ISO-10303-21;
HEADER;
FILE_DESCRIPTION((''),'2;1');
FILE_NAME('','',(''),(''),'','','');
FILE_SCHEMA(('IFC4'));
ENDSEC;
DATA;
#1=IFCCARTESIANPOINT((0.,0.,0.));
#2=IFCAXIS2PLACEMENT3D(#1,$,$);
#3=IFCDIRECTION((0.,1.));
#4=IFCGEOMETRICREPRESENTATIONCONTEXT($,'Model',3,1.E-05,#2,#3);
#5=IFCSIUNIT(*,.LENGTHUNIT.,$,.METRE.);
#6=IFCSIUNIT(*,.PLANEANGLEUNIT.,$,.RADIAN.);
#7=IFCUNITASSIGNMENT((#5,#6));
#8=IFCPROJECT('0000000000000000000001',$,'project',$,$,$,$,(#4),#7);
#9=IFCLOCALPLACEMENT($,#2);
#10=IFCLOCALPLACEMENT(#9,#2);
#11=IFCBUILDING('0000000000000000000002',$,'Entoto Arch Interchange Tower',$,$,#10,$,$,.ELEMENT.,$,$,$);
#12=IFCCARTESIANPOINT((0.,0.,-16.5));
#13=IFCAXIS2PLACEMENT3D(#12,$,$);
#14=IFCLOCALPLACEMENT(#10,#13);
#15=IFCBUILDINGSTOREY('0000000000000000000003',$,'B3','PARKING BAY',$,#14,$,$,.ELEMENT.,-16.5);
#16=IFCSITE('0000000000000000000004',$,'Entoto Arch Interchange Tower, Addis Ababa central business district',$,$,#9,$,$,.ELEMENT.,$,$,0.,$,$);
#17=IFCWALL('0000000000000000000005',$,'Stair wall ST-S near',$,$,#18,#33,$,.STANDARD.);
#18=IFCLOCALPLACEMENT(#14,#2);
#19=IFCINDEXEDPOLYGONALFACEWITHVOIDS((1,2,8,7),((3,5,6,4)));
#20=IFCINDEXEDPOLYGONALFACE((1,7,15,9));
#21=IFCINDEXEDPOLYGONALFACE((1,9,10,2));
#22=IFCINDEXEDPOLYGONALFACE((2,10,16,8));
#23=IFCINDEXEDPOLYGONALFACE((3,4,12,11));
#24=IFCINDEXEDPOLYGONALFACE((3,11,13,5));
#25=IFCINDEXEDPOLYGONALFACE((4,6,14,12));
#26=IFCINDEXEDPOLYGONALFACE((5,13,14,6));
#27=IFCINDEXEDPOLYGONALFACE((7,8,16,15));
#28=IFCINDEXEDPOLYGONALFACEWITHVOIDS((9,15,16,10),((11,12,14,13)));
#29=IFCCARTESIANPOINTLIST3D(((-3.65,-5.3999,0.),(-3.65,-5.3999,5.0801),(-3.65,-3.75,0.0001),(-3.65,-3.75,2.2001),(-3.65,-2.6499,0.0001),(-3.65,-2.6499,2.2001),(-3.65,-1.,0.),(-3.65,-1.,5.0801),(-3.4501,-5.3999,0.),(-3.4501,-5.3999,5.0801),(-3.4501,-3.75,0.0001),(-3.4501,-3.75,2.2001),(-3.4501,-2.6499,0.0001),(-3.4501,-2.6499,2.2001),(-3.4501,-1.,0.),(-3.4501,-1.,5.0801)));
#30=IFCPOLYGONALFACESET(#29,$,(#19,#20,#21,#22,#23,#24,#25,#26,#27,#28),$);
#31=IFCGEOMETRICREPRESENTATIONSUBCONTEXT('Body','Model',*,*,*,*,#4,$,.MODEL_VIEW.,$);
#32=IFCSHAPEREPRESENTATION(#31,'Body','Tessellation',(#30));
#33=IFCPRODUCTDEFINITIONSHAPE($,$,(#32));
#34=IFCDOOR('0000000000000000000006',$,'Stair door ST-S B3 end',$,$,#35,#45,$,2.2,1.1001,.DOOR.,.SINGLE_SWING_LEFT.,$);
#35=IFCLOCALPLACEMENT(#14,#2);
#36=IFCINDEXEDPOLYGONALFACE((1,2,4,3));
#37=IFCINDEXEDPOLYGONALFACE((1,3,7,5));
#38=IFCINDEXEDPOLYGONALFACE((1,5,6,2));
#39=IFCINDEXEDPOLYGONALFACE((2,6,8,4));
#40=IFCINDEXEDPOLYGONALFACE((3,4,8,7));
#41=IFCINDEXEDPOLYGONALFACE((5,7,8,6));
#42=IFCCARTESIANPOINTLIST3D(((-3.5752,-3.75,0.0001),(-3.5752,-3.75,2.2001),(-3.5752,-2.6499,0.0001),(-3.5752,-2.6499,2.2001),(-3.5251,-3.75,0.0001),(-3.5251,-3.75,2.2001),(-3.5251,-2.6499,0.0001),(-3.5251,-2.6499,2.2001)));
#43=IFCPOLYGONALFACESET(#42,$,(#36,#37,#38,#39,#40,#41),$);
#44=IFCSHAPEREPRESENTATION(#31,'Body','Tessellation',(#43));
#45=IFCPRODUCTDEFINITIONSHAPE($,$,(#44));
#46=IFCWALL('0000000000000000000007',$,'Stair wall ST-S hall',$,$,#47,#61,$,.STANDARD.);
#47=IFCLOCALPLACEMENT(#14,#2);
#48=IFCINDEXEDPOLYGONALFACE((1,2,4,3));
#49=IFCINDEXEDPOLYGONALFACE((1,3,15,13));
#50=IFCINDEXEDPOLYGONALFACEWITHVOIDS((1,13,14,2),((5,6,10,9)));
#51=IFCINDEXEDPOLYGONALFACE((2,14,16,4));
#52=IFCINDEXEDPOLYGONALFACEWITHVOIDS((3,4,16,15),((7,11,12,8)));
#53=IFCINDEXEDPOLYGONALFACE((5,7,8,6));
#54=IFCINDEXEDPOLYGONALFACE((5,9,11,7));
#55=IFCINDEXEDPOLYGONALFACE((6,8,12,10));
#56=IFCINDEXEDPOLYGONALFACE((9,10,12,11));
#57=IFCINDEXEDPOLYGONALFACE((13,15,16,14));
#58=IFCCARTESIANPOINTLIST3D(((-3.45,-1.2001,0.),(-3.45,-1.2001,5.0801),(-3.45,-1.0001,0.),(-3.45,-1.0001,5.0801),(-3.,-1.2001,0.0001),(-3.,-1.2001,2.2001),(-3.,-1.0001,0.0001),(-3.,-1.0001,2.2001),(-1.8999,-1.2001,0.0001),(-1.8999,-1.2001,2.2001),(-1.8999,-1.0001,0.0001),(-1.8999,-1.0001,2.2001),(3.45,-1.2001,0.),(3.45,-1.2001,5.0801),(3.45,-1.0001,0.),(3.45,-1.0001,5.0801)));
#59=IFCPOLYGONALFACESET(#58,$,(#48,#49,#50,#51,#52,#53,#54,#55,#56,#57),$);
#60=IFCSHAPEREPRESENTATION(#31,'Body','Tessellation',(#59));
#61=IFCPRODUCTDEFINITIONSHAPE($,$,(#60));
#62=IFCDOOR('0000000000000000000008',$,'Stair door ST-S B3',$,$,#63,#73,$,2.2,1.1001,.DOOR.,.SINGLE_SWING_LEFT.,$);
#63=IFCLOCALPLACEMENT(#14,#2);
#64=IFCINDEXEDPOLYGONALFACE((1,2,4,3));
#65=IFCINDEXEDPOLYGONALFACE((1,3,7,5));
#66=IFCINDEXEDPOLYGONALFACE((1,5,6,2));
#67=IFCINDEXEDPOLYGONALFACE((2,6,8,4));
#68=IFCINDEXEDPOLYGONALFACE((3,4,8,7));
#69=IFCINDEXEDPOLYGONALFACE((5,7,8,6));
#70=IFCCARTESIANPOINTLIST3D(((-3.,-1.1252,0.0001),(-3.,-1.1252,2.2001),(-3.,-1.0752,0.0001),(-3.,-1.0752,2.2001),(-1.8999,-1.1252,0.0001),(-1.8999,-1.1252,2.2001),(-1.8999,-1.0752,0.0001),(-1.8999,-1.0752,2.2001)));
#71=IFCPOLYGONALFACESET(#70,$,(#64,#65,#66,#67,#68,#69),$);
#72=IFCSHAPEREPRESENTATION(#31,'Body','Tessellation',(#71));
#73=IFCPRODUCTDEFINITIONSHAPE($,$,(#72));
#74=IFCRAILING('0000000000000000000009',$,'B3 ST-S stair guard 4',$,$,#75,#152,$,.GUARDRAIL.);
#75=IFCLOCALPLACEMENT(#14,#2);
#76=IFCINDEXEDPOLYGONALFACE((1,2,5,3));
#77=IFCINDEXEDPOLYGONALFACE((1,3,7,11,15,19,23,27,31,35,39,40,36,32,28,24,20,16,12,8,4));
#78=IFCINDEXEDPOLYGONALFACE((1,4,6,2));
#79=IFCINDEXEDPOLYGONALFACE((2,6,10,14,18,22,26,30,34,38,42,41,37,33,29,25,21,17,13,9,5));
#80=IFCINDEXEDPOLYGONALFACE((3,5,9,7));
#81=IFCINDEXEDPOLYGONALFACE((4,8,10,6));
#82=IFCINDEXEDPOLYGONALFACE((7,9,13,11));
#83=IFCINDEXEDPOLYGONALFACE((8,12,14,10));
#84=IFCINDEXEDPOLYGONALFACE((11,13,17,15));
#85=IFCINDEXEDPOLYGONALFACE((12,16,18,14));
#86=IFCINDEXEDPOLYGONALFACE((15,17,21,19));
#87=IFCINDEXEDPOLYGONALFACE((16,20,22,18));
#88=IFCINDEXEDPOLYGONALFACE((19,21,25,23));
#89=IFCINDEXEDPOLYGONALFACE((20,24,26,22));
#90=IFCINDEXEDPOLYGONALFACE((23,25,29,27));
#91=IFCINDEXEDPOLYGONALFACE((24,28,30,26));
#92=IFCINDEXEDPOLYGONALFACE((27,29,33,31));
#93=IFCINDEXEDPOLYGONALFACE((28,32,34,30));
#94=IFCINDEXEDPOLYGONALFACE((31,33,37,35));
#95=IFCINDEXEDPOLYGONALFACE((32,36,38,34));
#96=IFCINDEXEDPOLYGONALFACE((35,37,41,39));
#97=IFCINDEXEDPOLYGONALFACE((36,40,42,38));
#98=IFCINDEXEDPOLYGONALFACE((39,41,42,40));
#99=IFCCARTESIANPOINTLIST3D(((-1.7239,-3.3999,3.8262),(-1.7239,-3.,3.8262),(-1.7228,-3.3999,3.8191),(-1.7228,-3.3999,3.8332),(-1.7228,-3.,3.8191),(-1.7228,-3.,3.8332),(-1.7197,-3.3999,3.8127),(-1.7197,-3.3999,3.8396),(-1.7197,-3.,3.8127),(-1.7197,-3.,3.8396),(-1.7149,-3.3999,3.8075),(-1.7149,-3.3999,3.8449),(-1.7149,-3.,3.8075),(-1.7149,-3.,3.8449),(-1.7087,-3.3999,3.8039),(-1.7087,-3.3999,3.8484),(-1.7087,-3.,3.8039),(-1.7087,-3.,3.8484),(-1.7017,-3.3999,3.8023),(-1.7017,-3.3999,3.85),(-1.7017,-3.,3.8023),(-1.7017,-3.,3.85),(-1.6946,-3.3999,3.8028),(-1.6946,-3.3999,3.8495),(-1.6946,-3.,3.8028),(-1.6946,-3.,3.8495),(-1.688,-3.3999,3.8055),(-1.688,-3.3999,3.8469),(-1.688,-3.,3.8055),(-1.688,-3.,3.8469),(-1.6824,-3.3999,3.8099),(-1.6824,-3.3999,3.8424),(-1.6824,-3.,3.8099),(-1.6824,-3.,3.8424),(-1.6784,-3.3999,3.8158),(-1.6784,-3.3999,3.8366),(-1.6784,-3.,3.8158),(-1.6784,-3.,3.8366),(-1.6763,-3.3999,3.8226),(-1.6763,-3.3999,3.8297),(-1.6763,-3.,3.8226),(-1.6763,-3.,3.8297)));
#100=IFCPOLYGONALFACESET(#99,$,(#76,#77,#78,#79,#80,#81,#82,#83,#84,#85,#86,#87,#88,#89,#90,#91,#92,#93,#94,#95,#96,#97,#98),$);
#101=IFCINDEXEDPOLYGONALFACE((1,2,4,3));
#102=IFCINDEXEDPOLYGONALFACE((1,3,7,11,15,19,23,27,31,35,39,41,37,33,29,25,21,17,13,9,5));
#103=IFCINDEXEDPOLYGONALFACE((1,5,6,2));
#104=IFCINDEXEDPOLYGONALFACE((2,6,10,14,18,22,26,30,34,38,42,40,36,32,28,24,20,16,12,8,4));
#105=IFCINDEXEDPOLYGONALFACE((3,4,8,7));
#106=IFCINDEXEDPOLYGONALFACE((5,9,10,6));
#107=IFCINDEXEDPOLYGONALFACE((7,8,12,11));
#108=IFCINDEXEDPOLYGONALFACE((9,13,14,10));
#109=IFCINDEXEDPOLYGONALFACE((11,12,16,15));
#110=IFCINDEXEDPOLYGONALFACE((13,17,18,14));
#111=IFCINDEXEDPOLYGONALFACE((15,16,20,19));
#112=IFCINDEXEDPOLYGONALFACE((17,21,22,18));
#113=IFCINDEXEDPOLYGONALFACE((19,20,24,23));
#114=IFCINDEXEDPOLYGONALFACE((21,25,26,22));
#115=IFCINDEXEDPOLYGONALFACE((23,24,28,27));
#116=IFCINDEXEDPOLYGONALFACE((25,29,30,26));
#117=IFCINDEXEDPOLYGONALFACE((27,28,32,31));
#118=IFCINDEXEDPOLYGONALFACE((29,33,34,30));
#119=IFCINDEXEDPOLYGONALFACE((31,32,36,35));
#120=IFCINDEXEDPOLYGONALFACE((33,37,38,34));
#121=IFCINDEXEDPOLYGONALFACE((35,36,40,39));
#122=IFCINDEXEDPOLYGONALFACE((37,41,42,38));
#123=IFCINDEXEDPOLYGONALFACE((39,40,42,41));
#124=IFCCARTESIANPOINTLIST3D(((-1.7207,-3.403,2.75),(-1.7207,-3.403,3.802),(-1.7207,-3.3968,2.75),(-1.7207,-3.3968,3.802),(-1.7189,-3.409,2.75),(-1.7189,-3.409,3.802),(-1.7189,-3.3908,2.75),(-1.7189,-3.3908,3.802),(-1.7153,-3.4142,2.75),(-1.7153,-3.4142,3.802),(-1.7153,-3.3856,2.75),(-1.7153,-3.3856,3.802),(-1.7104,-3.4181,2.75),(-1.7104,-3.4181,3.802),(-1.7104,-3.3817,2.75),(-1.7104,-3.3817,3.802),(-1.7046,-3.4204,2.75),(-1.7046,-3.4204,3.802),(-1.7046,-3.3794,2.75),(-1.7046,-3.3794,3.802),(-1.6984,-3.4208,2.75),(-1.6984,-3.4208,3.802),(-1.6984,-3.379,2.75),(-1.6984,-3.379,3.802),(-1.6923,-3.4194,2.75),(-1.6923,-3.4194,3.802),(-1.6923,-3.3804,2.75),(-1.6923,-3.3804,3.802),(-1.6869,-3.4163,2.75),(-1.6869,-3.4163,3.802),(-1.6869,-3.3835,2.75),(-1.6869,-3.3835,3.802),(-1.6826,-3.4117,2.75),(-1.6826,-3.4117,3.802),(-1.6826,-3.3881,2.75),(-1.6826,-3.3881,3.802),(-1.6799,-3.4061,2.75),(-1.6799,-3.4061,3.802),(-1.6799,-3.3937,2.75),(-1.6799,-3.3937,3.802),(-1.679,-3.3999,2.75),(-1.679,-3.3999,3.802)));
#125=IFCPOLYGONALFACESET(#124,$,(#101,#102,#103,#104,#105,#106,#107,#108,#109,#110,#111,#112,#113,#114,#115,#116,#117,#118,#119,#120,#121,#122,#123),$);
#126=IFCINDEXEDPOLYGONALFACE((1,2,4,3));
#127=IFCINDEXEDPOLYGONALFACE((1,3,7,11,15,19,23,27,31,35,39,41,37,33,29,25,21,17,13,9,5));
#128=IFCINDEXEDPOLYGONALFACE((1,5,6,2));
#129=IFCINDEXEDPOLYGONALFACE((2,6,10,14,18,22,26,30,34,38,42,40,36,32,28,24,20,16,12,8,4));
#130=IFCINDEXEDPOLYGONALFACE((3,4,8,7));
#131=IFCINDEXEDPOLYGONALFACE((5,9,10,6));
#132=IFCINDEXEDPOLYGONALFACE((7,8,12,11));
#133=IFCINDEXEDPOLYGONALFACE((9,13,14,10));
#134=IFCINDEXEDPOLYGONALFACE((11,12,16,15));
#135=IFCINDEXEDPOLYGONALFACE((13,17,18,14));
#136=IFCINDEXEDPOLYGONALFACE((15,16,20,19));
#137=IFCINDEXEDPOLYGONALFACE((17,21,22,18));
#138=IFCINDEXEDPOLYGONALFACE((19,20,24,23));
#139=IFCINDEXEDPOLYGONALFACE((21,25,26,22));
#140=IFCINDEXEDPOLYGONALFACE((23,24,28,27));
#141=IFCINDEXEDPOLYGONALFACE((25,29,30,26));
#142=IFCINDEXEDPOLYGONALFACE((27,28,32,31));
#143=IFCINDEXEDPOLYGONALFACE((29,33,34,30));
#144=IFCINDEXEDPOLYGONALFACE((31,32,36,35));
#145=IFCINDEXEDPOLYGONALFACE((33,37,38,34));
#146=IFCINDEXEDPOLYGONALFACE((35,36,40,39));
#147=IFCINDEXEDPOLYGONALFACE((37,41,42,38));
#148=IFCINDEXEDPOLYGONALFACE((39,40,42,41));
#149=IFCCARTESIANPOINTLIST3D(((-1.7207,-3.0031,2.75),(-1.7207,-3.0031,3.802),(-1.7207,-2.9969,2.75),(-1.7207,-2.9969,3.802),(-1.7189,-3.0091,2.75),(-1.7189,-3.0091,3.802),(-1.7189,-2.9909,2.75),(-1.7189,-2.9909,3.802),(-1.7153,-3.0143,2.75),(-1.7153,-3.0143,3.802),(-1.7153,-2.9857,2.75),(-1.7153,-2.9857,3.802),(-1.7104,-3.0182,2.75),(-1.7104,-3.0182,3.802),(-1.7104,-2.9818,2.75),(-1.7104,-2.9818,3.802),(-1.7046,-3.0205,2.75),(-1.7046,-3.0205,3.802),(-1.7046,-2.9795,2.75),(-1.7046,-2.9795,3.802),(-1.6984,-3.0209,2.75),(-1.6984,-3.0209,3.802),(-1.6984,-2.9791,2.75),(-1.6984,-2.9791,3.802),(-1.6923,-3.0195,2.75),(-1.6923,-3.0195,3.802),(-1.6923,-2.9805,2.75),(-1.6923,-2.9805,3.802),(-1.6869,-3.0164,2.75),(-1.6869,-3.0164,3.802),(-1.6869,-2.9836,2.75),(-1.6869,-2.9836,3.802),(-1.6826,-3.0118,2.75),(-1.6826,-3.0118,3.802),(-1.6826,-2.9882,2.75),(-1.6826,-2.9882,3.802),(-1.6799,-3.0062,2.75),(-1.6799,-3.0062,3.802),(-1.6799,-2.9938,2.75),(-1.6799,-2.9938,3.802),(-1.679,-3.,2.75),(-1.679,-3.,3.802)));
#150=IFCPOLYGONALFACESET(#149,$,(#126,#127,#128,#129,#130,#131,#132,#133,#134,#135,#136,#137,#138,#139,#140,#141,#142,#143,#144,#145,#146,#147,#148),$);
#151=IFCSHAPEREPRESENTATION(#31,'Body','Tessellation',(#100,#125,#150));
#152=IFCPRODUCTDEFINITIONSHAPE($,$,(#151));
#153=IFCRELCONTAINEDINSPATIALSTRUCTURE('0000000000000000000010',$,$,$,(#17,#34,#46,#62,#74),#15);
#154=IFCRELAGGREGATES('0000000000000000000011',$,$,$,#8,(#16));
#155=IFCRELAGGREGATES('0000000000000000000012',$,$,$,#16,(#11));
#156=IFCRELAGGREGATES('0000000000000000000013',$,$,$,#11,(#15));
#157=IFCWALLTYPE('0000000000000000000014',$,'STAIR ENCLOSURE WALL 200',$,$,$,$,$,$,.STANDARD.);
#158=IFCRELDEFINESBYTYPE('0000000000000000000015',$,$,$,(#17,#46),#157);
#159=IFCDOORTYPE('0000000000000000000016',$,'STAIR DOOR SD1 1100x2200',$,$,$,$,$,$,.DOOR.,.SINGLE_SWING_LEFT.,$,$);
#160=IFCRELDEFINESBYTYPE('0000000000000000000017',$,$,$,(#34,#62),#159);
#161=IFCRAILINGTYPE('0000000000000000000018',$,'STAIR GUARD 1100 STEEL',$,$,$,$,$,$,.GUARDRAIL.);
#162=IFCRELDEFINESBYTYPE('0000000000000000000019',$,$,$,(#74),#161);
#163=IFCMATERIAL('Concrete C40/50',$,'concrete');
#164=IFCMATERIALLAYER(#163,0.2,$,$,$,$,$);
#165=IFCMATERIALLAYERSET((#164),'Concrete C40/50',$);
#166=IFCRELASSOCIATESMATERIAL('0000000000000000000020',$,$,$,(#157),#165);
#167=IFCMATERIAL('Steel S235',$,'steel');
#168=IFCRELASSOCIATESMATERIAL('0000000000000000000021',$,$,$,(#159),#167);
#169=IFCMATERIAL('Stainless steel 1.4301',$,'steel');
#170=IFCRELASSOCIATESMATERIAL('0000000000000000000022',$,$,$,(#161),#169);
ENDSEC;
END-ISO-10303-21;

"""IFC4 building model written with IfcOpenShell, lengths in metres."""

from ifc_helpers import new_model, si_unit, direction, frame, frame_2d, origin, origin_2d, place, context, subcontext, project, spatial, rectangle, circle, extrude, material, layer, layer_set, type_object, element, fill, save


model = new_model("IFC4")

# Units and contexts
model_context = context("Model", 3, precision=1e-05, world=origin(), true_north=direction((0.0, 1.0)))
body_context = subcontext(model_context, "Body", "Model", "MODEL_VIEW")
ifc_project = project(units=[si_unit("LENGTHUNIT", "METRE"), si_unit("PLANEANGLEUNIT", "RADIAN")], contexts=[model_context])

# Site, building, storey
site_placement = place(None, origin())
site = spatial("IfcSite", under=ifc_project, at=site_placement, Name="Entoto Arch Interchange Tower, Addis Ababa central business district", CompositionType="ELEMENT", RefElevation=0.0)
building_placement = place(site_placement, origin())
building = spatial("IfcBuilding", under=site, at=building_placement, Name="Entoto Arch Interchange Tower", CompositionType="ELEMENT")
storey_placement = place(building_placement, frame((0.0, 0.0, -16.5)))
storey = spatial("IfcBuildingStorey", under=building, at=storey_placement, Name="B3", Description="PARKING BAY", CompositionType="ELEMENT", Elevation=-16.5)

# Shared definitions
ifc_material_1 = material(Name="Concrete C40/50", Category="concrete")

# Walls, openings, doors
ifc_layer_1 = layer(ifc_material_1, 0.2)
ifc_layer_set_1 = layer_set([ifc_layer_1], Name="Concrete C40/50")
wall_type_1 = type_object("IfcWallType", Name="STAIR ENCLOSURE WALL 200", PredefinedType="STANDARD", material=ifc_layer_set_1)
wall_1_placement = place(storey_placement, frame((-3.55, -1.0, 0.0), z_axis=(0.0, 0.0, 1.0), x_axis=(0.0, -1.0, 0.0)))
wall_1 = element("IfcWall", 1, at=wall_1_placement, inside=storey, type_object=wall_type_1, Name="Stair wall ST-S near", PredefinedType="STANDARD", context=body_context, shape_type="SweptSolid", body=[
    extrude(rectangle(XDim=4.3999, YDim=0.2, at=frame_2d((2.2, 0.0))), origin(), (0.0, 0.0, 1.0), 5.0801),
])
opening_1_placement = place(wall_1_placement, frame((1.6499, 0.0, 0.0)))
opening_1 = element("IfcOpeningElement", 2, at=opening_1_placement, cuts=wall_1, PredefinedType="OPENING", context=body_context, shape_type="SweptSolid", body=[
    extrude(rectangle(XDim=1.1001, YDim=2.2, at=frame_2d((0.55, 1.1001))), frame((0.0, 0.1099, 0.0), z_axis=(0.0, -1.0, 0.0), x_axis=(1.0, 0.0, 0.0)), (0.0, 0.0, 1.0), 0.22),
])
ifc_material_2 = material(Name="Steel S235", Category="steel")
door_type_1 = type_object("IfcDoorType", Name="STAIR DOOR SD1 1100x2200", OperationType="SINGLE_SWING_LEFT", PredefinedType="DOOR", material=ifc_material_2)
door_1_placement = place(opening_1_placement, origin())
door_1 = element("IfcDoor", 3, at=door_1_placement, inside=storey, type_object=door_type_1, Name="Stair door ST-S B3 end", OperationType="SINGLE_SWING_LEFT", OverallHeight=2.2, OverallWidth=1.1001, PredefinedType="DOOR", context=body_context, shape_type="SweptSolid", body=[
    extrude(rectangle(XDim=1.1001, YDim=2.2, at=frame_2d((0.55, 1.1001))), frame((0.0, 0.0249, 0.0), z_axis=(0.0, -1.0, 0.0), x_axis=(1.0, 0.0, 0.0)), (0.0, 0.0, 1.0), 0.05),
])
fill(opening_1, door_1)
wall_2_placement = place(storey_placement, frame((-3.45, -1.1001, 0.0), z_axis=(0.0, 0.0, 1.0), x_axis=(1.0, 0.0, 0.0)))
wall_2 = element("IfcWall", 4, at=wall_2_placement, inside=storey, type_object=wall_type_1, Name="Stair wall ST-S hall", PredefinedType="STANDARD", context=body_context, shape_type="SweptSolid", body=[
    extrude(rectangle(XDim=6.8999, YDim=0.2, at=frame_2d((3.45, 0.0))), origin(), (0.0, 0.0, 1.0), 5.0801),
])
opening_2_placement = place(wall_2_placement, frame((0.45, 0.0, 0.0)))
opening_2 = element("IfcOpeningElement", 5, at=opening_2_placement, cuts=wall_2, PredefinedType="OPENING", context=body_context, shape_type="SweptSolid", body=[
    extrude(rectangle(XDim=1.1001, YDim=2.2, at=frame_2d((0.55, 1.1001))), frame((0.0, 0.1099, 0.0), z_axis=(0.0, -1.0, 0.0), x_axis=(1.0, 0.0, 0.0)), (0.0, 0.0, 1.0), 0.22),
])
door_2_placement = place(opening_2_placement, origin())
door_2 = element("IfcDoor", 6, at=door_2_placement, inside=storey, type_object=door_type_1, Name="Stair door ST-S B3", OperationType="SINGLE_SWING_LEFT", OverallHeight=2.2, OverallWidth=1.1001, PredefinedType="DOOR", context=body_context, shape_type="SweptSolid", body=[
    extrude(rectangle(XDim=1.1001, YDim=2.2, at=frame_2d((0.55, 1.1001))), frame((0.0, 0.0249, 0.0), z_axis=(0.0, -1.0, 0.0), x_axis=(1.0, 0.0, 0.0)), (0.0, 0.0, 1.0), 0.05),
])
fill(opening_2, door_2)

# Railing
ifc_material_3 = material(Name="Stainless steel 1.4301", Category="steel")
railing_type = type_object("IfcRailingType", Name="STAIR GUARD 1100 STEEL", PredefinedType="GUARDRAIL", material=ifc_material_3)
for number, where, name in (
    (7, (-1.7, -3.3999, 2.75), "B3 ST-S stair guard 4"),
):
    element("IfcRailing", number, at=place(storey_placement, frame(where)), inside=storey, type_object=railing_type, Name=name, PredefinedType="GUARDRAIL", context=body_context, shape_type="SweptSolid", body=[
        extrude(circle(Radius=0.0239, at=origin_2d()), frame((0.0, 0.0, 1.0762), z_axis=(0.0, 1.0, 0.0), x_axis=(-1.0, 0.0, 0.0)), (0.0, 0.0, 1.0), 0.3999),
        extrude(circle(Radius=0.021, at=origin_2d()), origin(), (0.0, 0.0, 1.0), 1.052),
        extrude(circle(Radius=0.021, at=origin_2d()), frame((0.0, 0.3999, 0.0)), (0.0, 0.0, 1.0), 1.052),
    ])

save(model, "model.ifc")
